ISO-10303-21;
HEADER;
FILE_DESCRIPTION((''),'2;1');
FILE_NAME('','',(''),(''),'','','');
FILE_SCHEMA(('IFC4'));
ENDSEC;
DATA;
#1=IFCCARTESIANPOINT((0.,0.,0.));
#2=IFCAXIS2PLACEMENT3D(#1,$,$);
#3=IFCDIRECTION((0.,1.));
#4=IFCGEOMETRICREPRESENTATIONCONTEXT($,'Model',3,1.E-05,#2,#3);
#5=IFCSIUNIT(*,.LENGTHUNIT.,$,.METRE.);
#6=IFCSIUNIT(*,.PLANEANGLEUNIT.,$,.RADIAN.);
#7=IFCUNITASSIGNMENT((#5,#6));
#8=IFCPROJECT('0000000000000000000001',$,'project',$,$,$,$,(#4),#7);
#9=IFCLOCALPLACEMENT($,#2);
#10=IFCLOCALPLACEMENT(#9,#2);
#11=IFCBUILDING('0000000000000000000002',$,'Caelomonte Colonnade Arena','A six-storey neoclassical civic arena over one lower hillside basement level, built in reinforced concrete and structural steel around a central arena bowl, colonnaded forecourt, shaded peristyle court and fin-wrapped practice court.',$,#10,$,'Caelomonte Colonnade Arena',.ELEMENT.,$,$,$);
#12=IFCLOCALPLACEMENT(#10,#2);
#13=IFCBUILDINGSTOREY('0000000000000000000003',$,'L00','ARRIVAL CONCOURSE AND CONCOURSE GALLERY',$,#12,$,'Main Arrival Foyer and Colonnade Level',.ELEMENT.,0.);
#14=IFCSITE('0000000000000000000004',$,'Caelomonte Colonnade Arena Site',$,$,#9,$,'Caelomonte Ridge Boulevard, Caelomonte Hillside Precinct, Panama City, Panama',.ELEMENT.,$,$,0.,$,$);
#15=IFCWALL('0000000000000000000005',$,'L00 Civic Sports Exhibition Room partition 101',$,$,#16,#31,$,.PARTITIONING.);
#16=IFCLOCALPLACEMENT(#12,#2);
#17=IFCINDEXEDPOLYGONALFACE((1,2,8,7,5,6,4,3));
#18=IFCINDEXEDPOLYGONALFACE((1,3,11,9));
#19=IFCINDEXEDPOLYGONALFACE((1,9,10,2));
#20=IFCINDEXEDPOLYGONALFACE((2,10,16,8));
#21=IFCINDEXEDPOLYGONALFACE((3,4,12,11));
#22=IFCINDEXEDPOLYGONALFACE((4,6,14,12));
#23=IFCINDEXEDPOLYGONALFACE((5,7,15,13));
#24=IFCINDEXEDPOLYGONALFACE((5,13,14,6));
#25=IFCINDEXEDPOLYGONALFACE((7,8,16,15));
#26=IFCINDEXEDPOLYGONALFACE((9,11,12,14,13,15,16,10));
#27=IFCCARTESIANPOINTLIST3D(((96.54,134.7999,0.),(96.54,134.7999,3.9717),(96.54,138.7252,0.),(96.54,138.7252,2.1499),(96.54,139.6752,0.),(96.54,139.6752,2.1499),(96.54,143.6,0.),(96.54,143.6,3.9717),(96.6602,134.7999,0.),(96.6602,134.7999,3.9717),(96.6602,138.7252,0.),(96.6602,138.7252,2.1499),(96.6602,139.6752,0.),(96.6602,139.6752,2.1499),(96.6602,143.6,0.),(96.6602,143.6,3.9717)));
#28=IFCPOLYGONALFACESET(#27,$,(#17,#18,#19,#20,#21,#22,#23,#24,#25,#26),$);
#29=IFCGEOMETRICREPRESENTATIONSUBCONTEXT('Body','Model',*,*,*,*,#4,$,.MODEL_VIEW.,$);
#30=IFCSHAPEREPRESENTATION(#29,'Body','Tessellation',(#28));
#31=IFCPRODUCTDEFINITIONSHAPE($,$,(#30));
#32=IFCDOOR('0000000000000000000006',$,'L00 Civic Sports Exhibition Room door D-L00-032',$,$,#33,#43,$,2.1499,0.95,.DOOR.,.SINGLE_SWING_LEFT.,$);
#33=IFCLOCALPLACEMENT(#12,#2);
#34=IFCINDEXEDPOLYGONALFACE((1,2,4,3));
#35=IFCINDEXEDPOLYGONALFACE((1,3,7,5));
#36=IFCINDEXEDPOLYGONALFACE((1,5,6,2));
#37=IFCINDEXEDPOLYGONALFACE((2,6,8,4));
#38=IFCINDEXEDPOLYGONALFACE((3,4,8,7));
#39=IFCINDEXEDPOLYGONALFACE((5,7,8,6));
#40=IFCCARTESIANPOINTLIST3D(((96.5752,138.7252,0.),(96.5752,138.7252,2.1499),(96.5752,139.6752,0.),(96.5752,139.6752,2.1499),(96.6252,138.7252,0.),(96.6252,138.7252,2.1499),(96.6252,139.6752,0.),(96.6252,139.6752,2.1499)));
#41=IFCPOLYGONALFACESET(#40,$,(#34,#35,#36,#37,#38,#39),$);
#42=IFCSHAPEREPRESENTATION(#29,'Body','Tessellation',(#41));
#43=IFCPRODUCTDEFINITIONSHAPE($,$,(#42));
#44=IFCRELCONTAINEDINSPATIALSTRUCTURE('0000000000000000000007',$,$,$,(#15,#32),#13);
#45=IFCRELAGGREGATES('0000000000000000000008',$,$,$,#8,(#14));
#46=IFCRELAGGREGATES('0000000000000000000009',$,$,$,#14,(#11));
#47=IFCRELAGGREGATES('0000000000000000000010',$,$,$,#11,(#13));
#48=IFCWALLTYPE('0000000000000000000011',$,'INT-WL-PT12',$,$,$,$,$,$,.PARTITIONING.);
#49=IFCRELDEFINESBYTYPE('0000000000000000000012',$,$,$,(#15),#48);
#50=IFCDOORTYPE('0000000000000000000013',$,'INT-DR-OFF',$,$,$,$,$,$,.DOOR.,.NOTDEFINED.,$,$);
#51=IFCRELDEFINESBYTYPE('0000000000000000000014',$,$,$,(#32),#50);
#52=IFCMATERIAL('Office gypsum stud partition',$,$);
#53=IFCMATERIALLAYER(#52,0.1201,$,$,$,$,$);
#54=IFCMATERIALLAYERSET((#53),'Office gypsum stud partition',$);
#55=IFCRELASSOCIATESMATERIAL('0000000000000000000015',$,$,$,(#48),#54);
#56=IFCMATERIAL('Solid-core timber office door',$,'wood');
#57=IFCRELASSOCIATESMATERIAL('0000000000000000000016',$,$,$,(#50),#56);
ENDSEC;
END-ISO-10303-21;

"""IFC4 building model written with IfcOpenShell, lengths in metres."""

from ifc_helpers import new_model, si_unit, direction, frame, frame_2d, origin, place, context, subcontext, project, spatial, rectangle, extrude, material, layer, layer_set, type_object, element, fill, save


model = new_model("IFC4")

# Units and contexts
model_context = context("Model", 3, precision=1e-05, world=origin(), true_north=direction((0.0, 1.0)))
body_context = subcontext(model_context, "Body", "Model", "MODEL_VIEW")
ifc_project = project(units=[si_unit("LENGTHUNIT", "METRE"), si_unit("PLANEANGLEUNIT", "RADIAN")], contexts=[model_context])

# Site, building, storey
site_placement = place(None, origin())
site = spatial("IfcSite", under=ifc_project, at=site_placement, Name="Caelomonte Colonnade Arena Site", LongName="Caelomonte Ridge Boulevard, Caelomonte Hillside Precinct, Panama City, Panama", CompositionType="ELEMENT", RefElevation=0.0)
building_placement = place(site_placement, origin())
building = spatial("IfcBuilding", under=site, at=building_placement, Name="Caelomonte Colonnade Arena", Description="A six-storey neoclassical civic arena over one lower hillside basement level, built in reinforced concrete and structural steel around a central arena bowl, colonnaded forecourt, shaded peristyle court and fin-wrapped practice court.", LongName="Caelomonte Colonnade Arena", CompositionType="ELEMENT")
storey_placement = place(building_placement, origin())
storey = spatial("IfcBuildingStorey", under=building, at=storey_placement, Name="L00", Description="ARRIVAL CONCOURSE AND CONCOURSE GALLERY", LongName="Main Arrival Foyer and Colonnade Level", CompositionType="ELEMENT", Elevation=0.0)

# Wall, opening, door
ifc_material_1 = material(Name="Office gypsum stud partition")
ifc_layer_1 = layer(ifc_material_1, 0.1201)
ifc_layer_set_1 = layer_set([ifc_layer_1], Name="Office gypsum stud partition")
wall_type_1 = type_object("IfcWallType", Name="INT-WL-PT12", PredefinedType="PARTITIONING", material=ifc_layer_set_1)
wall_1_placement = place(storey_placement, frame((96.6001, 134.8, 0.0), z_axis=(0.0, 0.0, 1.0), x_axis=(0.0, 1.0, 0.0)))
wall_1 = element("IfcWall", 1, at=wall_1_placement, inside=storey, type_object=wall_type_1, Name="L00 Civic Sports Exhibition Room partition 101", PredefinedType="PARTITIONING", context=body_context, shape_type="SweptSolid", body=[
    extrude(rectangle(XDim=8.8, YDim=0.1201, at=frame_2d((4.3999, 0.0))), origin(), (0.0, 0.0, 1.0), 3.9717),
])
opening_1_placement = place(wall_1_placement, frame((3.925, 0.0, 0.0), z_axis=(0.0, 0.0, 1.0), x_axis=(1.0, 0.0, 0.0)))
opening_1 = element("IfcOpeningElement", 2, at=opening_1_placement, cuts=wall_1, PredefinedType="OPENING", context=body_context, shape_type="SweptSolid", body=[
    extrude(rectangle(XDim=0.95, YDim=2.1499, at=frame_2d((0.4751, 1.075))), frame((0.0, 0.0701, 0.0), z_axis=(0.0, -1.0, 0.0), x_axis=(1.0, 0.0, 0.0)), (0.0, 0.0, 1.0), 0.1401),
])
ifc_material_2 = material(Name="Solid-core timber office door", Category="wood")
door_type = type_object("IfcDoorType", Name="INT-DR-OFF", OperationType="NOTDEFINED", PredefinedType="DOOR", material=ifc_material_2)
door_placement = place(opening_1_placement, origin())
door = element("IfcDoor", 3, at=door_placement, inside=storey, type_object=door_type, Name="L00 Civic Sports Exhibition Room door D-L00-032", OperationType="SINGLE_SWING_LEFT", OverallHeight=2.1499, OverallWidth=0.95, PredefinedType="DOOR", context=body_context, shape_type="SweptSolid", body=[
    extrude(rectangle(XDim=0.95, YDim=2.1499, at=frame_2d((0.4751, 1.075))), frame((0.0, 0.0249, 0.0), z_axis=(0.0, -1.0, 0.0), x_axis=(1.0, 0.0, 0.0)), (0.0, 0.0, 1.0), 0.05),
])
fill(opening_1, door)

save(model, "model.ifc")
